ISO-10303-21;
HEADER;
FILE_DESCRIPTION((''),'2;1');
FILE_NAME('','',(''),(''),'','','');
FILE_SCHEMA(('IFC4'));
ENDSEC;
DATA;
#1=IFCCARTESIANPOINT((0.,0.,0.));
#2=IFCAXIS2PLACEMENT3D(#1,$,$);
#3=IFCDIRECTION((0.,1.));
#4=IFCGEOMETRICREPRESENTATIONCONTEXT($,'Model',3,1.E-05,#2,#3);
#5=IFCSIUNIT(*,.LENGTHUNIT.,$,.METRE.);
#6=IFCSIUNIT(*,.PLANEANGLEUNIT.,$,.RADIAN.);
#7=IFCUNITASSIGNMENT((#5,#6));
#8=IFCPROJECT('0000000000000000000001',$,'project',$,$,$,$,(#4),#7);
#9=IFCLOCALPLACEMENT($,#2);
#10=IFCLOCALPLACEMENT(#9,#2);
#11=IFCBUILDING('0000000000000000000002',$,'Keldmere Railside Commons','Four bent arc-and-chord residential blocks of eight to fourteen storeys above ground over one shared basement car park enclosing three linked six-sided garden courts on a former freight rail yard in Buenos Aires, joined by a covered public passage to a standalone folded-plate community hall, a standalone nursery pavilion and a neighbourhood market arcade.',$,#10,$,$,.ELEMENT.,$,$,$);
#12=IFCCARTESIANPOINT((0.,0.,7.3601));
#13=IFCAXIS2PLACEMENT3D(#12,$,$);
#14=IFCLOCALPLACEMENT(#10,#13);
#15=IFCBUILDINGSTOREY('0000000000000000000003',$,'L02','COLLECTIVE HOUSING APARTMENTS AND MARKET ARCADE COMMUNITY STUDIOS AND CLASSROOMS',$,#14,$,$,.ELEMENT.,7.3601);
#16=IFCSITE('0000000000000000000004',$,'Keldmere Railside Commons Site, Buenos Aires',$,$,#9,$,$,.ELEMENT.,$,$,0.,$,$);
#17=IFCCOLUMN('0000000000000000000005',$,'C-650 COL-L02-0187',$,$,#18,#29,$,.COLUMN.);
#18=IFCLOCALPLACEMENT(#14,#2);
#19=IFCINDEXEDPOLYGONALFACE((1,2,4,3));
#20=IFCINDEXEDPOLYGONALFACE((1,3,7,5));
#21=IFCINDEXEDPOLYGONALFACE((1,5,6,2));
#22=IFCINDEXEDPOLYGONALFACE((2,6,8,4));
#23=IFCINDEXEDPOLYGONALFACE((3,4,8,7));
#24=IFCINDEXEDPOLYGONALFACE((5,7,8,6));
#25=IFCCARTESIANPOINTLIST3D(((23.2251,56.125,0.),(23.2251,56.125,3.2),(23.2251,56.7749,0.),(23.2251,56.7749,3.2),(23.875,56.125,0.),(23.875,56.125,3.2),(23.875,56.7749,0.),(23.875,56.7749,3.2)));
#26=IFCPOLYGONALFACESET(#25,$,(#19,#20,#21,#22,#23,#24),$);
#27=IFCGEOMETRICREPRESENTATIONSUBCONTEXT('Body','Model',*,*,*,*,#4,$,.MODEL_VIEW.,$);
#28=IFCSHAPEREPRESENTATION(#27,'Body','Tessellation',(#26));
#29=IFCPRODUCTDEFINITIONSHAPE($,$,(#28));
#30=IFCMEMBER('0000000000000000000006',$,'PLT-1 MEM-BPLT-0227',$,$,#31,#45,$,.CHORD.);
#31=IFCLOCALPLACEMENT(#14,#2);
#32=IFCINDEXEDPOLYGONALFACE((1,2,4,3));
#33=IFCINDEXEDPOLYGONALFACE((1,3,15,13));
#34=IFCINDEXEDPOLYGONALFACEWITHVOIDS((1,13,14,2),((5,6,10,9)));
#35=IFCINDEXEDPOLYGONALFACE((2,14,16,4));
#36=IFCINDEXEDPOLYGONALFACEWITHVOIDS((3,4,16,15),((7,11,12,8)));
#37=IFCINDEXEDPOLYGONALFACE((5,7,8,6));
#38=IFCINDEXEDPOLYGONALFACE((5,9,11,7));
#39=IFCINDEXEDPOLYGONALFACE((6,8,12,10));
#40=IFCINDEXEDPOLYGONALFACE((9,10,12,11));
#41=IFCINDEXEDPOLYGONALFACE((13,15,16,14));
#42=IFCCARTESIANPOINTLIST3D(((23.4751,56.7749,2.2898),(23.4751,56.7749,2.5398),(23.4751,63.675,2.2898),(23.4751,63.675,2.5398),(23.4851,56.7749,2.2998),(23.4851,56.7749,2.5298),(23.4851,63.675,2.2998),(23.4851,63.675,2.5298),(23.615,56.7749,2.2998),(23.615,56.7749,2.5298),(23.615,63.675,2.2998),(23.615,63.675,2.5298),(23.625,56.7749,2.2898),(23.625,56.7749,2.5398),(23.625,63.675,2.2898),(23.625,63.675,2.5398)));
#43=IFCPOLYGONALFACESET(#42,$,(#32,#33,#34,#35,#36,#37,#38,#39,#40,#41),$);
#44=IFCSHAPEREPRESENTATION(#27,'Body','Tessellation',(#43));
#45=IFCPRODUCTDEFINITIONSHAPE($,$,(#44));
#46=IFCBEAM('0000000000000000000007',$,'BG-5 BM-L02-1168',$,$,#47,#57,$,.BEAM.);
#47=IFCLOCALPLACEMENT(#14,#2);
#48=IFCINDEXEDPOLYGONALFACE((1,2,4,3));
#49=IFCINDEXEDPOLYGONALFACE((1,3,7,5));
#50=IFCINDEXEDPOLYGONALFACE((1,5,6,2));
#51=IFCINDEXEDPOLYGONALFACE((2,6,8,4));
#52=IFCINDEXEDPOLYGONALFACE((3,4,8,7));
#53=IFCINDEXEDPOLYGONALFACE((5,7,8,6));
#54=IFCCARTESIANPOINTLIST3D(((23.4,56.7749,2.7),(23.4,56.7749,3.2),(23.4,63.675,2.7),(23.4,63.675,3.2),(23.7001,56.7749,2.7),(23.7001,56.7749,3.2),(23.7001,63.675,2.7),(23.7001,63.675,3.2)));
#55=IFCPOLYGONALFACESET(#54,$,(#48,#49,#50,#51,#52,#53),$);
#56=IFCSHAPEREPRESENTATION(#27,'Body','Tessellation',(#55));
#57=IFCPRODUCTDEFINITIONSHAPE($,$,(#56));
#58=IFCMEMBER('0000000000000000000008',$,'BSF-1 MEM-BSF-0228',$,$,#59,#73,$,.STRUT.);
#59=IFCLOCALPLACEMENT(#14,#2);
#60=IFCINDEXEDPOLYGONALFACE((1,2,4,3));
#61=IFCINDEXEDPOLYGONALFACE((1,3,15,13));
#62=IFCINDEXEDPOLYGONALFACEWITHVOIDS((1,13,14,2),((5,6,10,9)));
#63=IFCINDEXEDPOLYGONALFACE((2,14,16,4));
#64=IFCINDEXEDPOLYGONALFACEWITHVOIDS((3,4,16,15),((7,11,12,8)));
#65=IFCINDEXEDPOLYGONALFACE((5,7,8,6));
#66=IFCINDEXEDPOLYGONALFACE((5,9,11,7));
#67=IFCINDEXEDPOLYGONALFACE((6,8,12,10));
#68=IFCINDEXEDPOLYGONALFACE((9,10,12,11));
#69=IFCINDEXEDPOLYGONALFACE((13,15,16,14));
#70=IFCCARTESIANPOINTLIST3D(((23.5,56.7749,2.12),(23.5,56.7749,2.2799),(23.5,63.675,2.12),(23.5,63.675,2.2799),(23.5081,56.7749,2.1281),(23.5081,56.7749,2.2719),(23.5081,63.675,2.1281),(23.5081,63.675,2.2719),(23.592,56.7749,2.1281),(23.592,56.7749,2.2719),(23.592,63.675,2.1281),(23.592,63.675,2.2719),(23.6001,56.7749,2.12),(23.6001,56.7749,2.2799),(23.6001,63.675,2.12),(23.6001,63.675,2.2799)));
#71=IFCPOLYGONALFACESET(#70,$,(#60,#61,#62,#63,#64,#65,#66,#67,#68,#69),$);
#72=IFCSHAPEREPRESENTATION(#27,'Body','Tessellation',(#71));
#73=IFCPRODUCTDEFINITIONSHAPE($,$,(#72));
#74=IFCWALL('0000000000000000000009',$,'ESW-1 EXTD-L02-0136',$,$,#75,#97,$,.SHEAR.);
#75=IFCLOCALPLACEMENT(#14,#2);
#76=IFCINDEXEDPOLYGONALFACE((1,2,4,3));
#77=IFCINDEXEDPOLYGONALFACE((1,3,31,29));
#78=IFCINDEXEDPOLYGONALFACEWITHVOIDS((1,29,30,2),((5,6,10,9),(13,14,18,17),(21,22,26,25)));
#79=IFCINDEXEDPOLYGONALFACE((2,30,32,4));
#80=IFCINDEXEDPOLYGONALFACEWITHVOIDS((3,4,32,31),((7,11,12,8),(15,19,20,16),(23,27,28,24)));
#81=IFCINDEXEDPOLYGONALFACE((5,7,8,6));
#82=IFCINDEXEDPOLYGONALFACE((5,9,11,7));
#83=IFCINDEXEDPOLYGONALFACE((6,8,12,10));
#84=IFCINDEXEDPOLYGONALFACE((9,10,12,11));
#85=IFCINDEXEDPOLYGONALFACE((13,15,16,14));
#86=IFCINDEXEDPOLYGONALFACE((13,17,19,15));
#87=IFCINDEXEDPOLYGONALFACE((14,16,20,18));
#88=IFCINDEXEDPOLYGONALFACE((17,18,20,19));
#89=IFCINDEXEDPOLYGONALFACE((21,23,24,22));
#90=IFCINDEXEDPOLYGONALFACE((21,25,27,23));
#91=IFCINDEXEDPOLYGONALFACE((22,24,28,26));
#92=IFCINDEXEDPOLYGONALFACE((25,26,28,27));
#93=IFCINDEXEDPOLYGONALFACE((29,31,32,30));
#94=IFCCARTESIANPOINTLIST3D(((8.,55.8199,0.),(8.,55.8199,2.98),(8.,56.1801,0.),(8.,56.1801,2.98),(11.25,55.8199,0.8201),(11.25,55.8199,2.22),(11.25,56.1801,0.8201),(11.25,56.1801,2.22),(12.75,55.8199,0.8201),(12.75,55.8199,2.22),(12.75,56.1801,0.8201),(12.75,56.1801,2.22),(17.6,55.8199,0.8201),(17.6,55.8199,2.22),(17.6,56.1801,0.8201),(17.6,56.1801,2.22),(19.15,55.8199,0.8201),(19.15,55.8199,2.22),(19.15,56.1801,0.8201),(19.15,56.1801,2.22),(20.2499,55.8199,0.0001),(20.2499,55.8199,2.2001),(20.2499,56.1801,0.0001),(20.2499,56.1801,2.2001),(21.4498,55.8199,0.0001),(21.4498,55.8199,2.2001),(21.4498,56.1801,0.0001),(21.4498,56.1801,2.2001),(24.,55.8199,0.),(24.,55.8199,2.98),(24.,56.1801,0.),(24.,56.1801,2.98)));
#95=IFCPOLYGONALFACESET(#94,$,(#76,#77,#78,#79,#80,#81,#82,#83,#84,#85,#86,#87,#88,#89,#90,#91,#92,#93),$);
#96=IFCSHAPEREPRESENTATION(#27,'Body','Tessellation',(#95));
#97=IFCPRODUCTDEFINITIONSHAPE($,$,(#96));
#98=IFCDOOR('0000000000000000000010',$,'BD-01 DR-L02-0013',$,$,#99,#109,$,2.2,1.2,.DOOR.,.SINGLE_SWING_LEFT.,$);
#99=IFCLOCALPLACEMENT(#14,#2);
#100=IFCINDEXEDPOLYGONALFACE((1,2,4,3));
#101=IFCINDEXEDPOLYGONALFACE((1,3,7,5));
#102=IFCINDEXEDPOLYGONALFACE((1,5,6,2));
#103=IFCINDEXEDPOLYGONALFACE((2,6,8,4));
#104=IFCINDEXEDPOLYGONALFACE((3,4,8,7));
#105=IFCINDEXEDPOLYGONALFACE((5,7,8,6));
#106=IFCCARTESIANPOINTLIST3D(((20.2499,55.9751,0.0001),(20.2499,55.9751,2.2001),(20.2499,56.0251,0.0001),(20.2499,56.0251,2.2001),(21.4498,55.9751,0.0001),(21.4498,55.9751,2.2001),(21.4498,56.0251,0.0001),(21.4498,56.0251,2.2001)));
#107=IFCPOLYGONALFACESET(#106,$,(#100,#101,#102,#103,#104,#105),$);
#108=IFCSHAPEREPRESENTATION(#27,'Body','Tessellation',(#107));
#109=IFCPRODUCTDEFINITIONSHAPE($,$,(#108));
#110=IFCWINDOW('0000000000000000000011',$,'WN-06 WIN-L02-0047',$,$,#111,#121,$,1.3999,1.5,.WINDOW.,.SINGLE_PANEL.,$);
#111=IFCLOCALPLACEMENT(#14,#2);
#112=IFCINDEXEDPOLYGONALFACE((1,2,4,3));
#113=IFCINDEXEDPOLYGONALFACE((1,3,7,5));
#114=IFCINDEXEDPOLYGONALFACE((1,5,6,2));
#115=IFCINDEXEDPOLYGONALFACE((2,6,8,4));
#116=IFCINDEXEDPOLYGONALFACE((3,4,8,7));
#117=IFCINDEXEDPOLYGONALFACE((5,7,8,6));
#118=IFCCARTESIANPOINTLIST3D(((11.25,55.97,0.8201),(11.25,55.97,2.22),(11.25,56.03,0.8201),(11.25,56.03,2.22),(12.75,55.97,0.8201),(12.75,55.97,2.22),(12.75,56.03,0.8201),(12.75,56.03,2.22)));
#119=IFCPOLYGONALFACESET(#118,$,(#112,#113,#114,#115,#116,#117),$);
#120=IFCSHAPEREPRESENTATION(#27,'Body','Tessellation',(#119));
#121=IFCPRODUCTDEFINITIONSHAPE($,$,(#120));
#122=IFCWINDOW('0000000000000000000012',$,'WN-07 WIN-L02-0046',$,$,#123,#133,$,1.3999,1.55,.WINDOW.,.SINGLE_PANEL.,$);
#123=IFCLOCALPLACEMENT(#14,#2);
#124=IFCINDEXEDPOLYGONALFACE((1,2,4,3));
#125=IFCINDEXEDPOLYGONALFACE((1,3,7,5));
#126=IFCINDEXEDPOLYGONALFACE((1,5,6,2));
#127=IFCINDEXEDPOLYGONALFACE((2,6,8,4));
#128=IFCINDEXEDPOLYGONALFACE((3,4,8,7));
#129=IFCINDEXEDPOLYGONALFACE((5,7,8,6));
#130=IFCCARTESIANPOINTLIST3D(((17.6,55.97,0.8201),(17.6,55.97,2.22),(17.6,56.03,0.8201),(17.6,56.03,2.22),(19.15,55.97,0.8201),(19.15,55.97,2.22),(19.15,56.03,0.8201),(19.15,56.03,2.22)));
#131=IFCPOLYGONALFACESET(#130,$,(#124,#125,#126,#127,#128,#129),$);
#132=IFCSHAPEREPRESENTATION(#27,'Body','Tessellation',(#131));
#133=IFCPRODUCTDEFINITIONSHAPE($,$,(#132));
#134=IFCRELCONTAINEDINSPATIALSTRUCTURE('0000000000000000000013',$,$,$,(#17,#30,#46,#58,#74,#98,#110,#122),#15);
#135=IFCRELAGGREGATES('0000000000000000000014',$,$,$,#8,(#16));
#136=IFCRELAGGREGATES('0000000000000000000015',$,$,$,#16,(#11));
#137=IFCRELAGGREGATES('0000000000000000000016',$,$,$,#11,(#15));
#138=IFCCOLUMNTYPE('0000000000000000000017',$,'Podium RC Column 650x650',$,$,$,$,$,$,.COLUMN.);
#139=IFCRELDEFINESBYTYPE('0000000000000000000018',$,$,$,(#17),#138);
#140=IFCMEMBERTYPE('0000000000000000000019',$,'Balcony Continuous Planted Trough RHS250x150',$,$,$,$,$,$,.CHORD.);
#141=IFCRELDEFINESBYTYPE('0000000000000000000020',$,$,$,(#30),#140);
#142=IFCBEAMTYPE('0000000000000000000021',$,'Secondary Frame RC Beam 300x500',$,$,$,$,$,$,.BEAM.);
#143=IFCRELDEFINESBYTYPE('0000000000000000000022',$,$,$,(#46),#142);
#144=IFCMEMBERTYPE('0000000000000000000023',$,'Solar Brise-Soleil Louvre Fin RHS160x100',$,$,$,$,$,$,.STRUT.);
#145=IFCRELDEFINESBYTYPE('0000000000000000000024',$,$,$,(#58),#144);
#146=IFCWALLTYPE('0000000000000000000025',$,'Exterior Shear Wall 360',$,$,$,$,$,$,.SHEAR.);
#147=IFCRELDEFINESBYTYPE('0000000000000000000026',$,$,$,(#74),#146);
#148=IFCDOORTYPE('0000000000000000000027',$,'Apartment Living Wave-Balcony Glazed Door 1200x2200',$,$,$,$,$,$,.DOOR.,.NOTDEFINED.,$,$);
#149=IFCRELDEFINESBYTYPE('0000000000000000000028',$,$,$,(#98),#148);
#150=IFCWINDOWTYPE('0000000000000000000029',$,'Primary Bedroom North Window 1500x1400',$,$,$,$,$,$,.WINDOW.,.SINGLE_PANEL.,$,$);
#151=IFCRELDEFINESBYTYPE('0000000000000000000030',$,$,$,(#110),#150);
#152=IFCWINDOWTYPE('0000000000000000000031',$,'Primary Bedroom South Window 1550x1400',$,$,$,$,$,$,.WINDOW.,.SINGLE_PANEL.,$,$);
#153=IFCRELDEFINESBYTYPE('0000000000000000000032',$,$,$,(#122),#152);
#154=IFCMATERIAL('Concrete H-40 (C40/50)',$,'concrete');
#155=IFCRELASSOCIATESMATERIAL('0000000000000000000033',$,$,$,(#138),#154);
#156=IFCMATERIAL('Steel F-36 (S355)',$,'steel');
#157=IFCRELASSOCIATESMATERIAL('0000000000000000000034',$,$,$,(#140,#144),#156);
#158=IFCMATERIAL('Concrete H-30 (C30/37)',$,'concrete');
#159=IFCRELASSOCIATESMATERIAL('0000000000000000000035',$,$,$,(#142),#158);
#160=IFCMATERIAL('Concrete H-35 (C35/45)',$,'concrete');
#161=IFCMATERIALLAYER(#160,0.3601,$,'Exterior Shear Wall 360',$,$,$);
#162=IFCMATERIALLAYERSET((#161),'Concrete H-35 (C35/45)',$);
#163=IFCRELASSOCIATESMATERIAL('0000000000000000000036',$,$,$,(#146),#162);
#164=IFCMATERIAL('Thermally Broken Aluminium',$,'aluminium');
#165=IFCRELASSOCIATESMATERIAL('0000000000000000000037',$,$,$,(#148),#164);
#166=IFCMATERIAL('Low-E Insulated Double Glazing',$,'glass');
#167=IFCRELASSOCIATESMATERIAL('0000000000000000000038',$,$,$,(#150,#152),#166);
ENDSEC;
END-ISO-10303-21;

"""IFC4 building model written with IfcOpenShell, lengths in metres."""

from ifc_helpers import new_model, si_unit, direction, frame, frame_2d, origin, origin_2d, place, context, subcontext, project, spatial, rectangle, hollow_rectangle, extrude, material, layer, layer_set, material_profile, profile_set, type_object, element, fill, save


model = new_model("IFC4")

# Units and contexts
model_context = context("Model", 3, precision=1e-05, world=origin(), true_north=direction((0.0, 1.0)))
body_context = subcontext(model_context, "Body", "Model", "MODEL_VIEW")
ifc_project = project(units=[si_unit("LENGTHUNIT", "METRE"), si_unit("PLANEANGLEUNIT", "RADIAN")], contexts=[model_context])

# Site, building, storey
site_placement = place(None, origin())
site = spatial("IfcSite", under=ifc_project, at=site_placement, Name="Keldmere Railside Commons Site, Buenos Aires", CompositionType="ELEMENT", RefElevation=0.0)
building_placement = place(site_placement, origin())
building = spatial("IfcBuilding", under=site, at=building_placement, Name="Keldmere Railside Commons", Description="Four bent arc-and-chord residential blocks of eight to fourteen storeys above ground over one shared basement car park enclosing three linked six-sided garden courts on a former freight rail yard in Buenos Aires, joined by a covered public passage to a standalone folded-plate community hall, a standalone nursery pavilion and a neighbourhood market arcade.", CompositionType="ELEMENT")
storey_placement = place(building_placement, frame((0.0, 0.0, 7.3601)))
storey = spatial("IfcBuildingStorey", under=building, at=storey_placement, Name="L02", Description="COLLECTIVE HOUSING APARTMENTS AND MARKET ARCADE COMMUNITY STUDIOS AND CLASSROOMS", CompositionType="ELEMENT", Elevation=7.3601)

# Column
ifc_material_1 = material(Name="Concrete H-40 (C40/50)", Category="concrete")
ifc_material_profile_1 = material_profile(ifc_material_1, rectangle(XDim=0.6499, YDim=0.6499, at=origin_2d()), Name="RC-650x650")
ifc_profile_set_1 = profile_set([ifc_material_profile_1], Name="Concrete H-40 (C40/50)")
column_type = type_object("IfcColumnType", Name="Podium RC Column 650x650", PredefinedType="COLUMN", material=ifc_profile_set_1)
column_placement = place(storey_placement, frame((23.55, 56.45, 0.0), z_axis=(0.0, 0.0, 1.0), x_axis=(1.0, 0.0, 0.0)))
element("IfcColumn", 1, at=column_placement, inside=storey, type_object=column_type, Name="C-650 COL-L02-0187", PredefinedType="COLUMN", context=body_context, shape_type="SweptSolid", body=[
    extrude(rectangle(XDim=0.6499, YDim=0.6499, at=origin_2d()), origin(), (0.0, 0.0, 1.0), 3.2),
])

# Member
ifc_material_2 = material(Name="Steel F-36 (S355)", Category="steel")
ifc_material_profile_2 = material_profile(ifc_material_2, hollow_rectangle(XDim=0.1499, YDim=0.25, WallThickness=0.01, at=origin_2d()), Name="RHS-250x150x10")
ifc_profile_set_2 = profile_set([ifc_material_profile_2], Name="Steel F-36 (S355)")
member_type_1 = type_object("IfcMemberType", Name="Balcony Continuous Planted Trough RHS250x150", PredefinedType="CHORD", material=ifc_profile_set_2)
member_1_placement = place(storey_placement, frame((23.55, 56.7749, 2.4148), z_axis=(0.0, 1.0, 0.0), x_axis=(-1.0, 0.0, 0.0)))
element("IfcMember", 2, at=member_1_placement, inside=storey, type_object=member_type_1, Name="PLT-1 MEM-BPLT-0227", PredefinedType="CHORD", context=body_context, shape_type="SweptSolid", body=[
    extrude(hollow_rectangle(XDim=0.1499, YDim=0.25, WallThickness=0.01, at=origin_2d()), origin(), (0.0, 0.0, 1.0), 6.9001),
])

# Beam
ifc_material_3 = material(Name="Concrete H-30 (C30/37)", Category="concrete")
ifc_material_profile_3 = material_profile(ifc_material_3, rectangle(XDim=0.3, YDim=0.5, at=origin_2d()), Name="RC-300x500")
ifc_profile_set_3 = profile_set([ifc_material_profile_3], Name="Concrete H-30 (C30/37)")
beam_type = type_object("IfcBeamType", Name="Secondary Frame RC Beam 300x500", PredefinedType="BEAM", material=ifc_profile_set_3)
beam_placement = place(storey_placement, frame((23.55, 56.7749, 2.95), z_axis=(0.0, 1.0, 0.0), x_axis=(-1.0, 0.0, 0.0)))
element("IfcBeam", 3, at=beam_placement, inside=storey, type_object=beam_type, Name="BG-5 BM-L02-1168", PredefinedType="BEAM", context=body_context, shape_type="SweptSolid", body=[
    extrude(rectangle(XDim=0.3, YDim=0.5, at=origin_2d()), origin(), (0.0, 0.0, 1.0), 6.9001),
])

# Member
ifc_material_profile_4 = material_profile(ifc_material_2, hollow_rectangle(XDim=0.1001, YDim=0.1599, WallThickness=0.0081, at=origin_2d()), Name="RHS-160x100x8")
ifc_profile_set_4 = profile_set([ifc_material_profile_4], Name="Steel F-36 (S355)")
member_type_2 = type_object("IfcMemberType", Name="Solar Brise-Soleil Louvre Fin RHS160x100", PredefinedType="STRUT", material=ifc_profile_set_4)
member_2_placement = place(storey_placement, frame((23.55, 56.7749, 2.2), z_axis=(0.0, 1.0, 0.0), x_axis=(-1.0, 0.0, 0.0)))
element("IfcMember", 4, at=member_2_placement, inside=storey, type_object=member_type_2, Name="BSF-1 MEM-BSF-0228", PredefinedType="STRUT", context=body_context, shape_type="SweptSolid", body=[
    extrude(hollow_rectangle(XDim=0.1001, YDim=0.1599, WallThickness=0.0081, at=origin_2d()), origin(), (0.0, 0.0, 1.0), 6.9001),
])

# Wall, openings, door, windows
ifc_material_4 = material(Name="Concrete H-35 (C35/45)", Category="concrete")
ifc_layer = layer(ifc_material_4, 0.3601, Name="Exterior Shear Wall 360")
ifc_layer_set = layer_set([ifc_layer], Name="Concrete H-35 (C35/45)")
wall_type = type_object("IfcWallType", Name="Exterior Shear Wall 360", PredefinedType="SHEAR", material=ifc_layer_set)
wall_placement = place(storey_placement, frame((24.0, 56.0, 0.0), z_axis=(0.0, 0.0, 1.0), x_axis=(-1.0, 0.0, 0.0)))
wall = element("IfcWall", 5, at=wall_placement, inside=storey, type_object=wall_type, Name="ESW-1 EXTD-L02-0136", PredefinedType="SHEAR", context=body_context, shape_type="SweptSolid", body=[
    extrude(rectangle(XDim=16.0, YDim=0.3601, at=frame_2d((8.0, 0.0))), origin(), (0.0, 0.0, 1.0), 2.98),
])
opening_1_placement = place(wall_placement, frame((2.55, 0.0, 0.0)))
opening_1 = element("IfcOpeningElement", 6, at=opening_1_placement, cuts=wall, PredefinedType="OPENING", context=body_context, shape_type="SweptSolid", body=[
    extrude(rectangle(XDim=1.2, YDim=2.2, at=frame_2d((0.6001, 1.1001))), frame((0.0, 0.1899, 0.0), z_axis=(0.0, -1.0, 0.0), x_axis=(1.0, 0.0, 0.0)), (0.0, 0.0, 1.0), 0.3801),
])
opening_2_placement = place(wall_placement, frame((4.8501, 0.0, 0.8201)))
opening_2 = element("IfcOpeningElement", 7, at=opening_2_placement, cuts=wall, PredefinedType="OPENING", context=body_context, shape_type="SweptSolid", body=[
    extrude(rectangle(XDim=1.55, YDim=1.3999, at=frame_2d((0.7749, 0.7))), frame((0.0, 0.1899, 0.0), z_axis=(0.0, -1.0, 0.0), x_axis=(1.0, 0.0, 0.0)), (0.0, 0.0, 1.0), 0.3801),
])
opening_3_placement = place(wall_placement, frame((11.25, 0.0, 0.8201)))
opening_3 = element("IfcOpeningElement", 8, at=opening_3_placement, cuts=wall, PredefinedType="OPENING", context=body_context, shape_type="SweptSolid", body=[
    extrude(rectangle(XDim=1.5, YDim=1.3999, at=frame_2d((0.75, 0.7))), frame((0.0, 0.1899, 0.0), z_axis=(0.0, -1.0, 0.0), x_axis=(1.0, 0.0, 0.0)), (0.0, 0.0, 1.0), 0.3801),
])
ifc_material_5 = material(Name="Thermally Broken Aluminium", Category="aluminium")
door_type = type_object("IfcDoorType", Name="Apartment Living Wave-Balcony Glazed Door 1200x2200", OperationType="NOTDEFINED", PredefinedType="DOOR", material=ifc_material_5)
door_placement = place(opening_1_placement, origin())
door = element("IfcDoor", 9, at=door_placement, inside=storey, type_object=door_type, Name="BD-01 DR-L02-0013", OperationType="SINGLE_SWING_LEFT", OverallHeight=2.2, OverallWidth=1.2, PredefinedType="DOOR", context=body_context, shape_type="SweptSolid", body=[
    extrude(rectangle(XDim=1.2, YDim=2.2, at=frame_2d((0.6001, 1.1001))), frame((0.0, 0.0249, 0.0), z_axis=(0.0, -1.0, 0.0), x_axis=(1.0, 0.0, 0.0)), (0.0, 0.0, 1.0), 0.05),
])
fill(opening_1, door)
ifc_material_6 = material(Name="Low-E Insulated Double Glazing", Category="glass")
window_type_1 = type_object("IfcWindowType", Name="Primary Bedroom North Window 1500x1400", PartitioningType="SINGLE_PANEL", PredefinedType="WINDOW", material=ifc_material_6)
window_1_placement = place(opening_3_placement, origin())
window_1 = element("IfcWindow", 10, at=window_1_placement, inside=storey, type_object=window_type_1, Name="WN-06 WIN-L02-0047", OverallHeight=1.3999, OverallWidth=1.5, PartitioningType="SINGLE_PANEL", PredefinedType="WINDOW", context=body_context, shape_type="SweptSolid", body=[
    extrude(rectangle(XDim=1.5, YDim=1.3999, at=frame_2d((0.75, 0.7))), frame((0.0, 0.03, 0.0), z_axis=(0.0, -1.0, 0.0), x_axis=(1.0, 0.0, 0.0)), (0.0, 0.0, 1.0), 0.0601),
])
fill(opening_3, window_1)
window_type_2 = type_object("IfcWindowType", Name="Primary Bedroom South Window 1550x1400", PartitioningType="SINGLE_PANEL", PredefinedType="WINDOW", material=ifc_material_6)
window_2_placement = place(opening_2_placement, origin())
window_2 = element("IfcWindow", 11, at=window_2_placement, inside=storey, type_object=window_type_2, Name="WN-07 WIN-L02-0046", OverallHeight=1.3999, OverallWidth=1.55, PartitioningType="SINGLE_PANEL", PredefinedType="WINDOW", context=body_context, shape_type="SweptSolid", body=[
    extrude(rectangle(XDim=1.55, YDim=1.3999, at=frame_2d((0.7749, 0.7))), frame((0.0, 0.03, 0.0), z_axis=(0.0, -1.0, 0.0), x_axis=(1.0, 0.0, 0.0)), (0.0, 0.0, 1.0), 0.0601),
])
fill(opening_2, window_2)

save(model, "model.ifc")
